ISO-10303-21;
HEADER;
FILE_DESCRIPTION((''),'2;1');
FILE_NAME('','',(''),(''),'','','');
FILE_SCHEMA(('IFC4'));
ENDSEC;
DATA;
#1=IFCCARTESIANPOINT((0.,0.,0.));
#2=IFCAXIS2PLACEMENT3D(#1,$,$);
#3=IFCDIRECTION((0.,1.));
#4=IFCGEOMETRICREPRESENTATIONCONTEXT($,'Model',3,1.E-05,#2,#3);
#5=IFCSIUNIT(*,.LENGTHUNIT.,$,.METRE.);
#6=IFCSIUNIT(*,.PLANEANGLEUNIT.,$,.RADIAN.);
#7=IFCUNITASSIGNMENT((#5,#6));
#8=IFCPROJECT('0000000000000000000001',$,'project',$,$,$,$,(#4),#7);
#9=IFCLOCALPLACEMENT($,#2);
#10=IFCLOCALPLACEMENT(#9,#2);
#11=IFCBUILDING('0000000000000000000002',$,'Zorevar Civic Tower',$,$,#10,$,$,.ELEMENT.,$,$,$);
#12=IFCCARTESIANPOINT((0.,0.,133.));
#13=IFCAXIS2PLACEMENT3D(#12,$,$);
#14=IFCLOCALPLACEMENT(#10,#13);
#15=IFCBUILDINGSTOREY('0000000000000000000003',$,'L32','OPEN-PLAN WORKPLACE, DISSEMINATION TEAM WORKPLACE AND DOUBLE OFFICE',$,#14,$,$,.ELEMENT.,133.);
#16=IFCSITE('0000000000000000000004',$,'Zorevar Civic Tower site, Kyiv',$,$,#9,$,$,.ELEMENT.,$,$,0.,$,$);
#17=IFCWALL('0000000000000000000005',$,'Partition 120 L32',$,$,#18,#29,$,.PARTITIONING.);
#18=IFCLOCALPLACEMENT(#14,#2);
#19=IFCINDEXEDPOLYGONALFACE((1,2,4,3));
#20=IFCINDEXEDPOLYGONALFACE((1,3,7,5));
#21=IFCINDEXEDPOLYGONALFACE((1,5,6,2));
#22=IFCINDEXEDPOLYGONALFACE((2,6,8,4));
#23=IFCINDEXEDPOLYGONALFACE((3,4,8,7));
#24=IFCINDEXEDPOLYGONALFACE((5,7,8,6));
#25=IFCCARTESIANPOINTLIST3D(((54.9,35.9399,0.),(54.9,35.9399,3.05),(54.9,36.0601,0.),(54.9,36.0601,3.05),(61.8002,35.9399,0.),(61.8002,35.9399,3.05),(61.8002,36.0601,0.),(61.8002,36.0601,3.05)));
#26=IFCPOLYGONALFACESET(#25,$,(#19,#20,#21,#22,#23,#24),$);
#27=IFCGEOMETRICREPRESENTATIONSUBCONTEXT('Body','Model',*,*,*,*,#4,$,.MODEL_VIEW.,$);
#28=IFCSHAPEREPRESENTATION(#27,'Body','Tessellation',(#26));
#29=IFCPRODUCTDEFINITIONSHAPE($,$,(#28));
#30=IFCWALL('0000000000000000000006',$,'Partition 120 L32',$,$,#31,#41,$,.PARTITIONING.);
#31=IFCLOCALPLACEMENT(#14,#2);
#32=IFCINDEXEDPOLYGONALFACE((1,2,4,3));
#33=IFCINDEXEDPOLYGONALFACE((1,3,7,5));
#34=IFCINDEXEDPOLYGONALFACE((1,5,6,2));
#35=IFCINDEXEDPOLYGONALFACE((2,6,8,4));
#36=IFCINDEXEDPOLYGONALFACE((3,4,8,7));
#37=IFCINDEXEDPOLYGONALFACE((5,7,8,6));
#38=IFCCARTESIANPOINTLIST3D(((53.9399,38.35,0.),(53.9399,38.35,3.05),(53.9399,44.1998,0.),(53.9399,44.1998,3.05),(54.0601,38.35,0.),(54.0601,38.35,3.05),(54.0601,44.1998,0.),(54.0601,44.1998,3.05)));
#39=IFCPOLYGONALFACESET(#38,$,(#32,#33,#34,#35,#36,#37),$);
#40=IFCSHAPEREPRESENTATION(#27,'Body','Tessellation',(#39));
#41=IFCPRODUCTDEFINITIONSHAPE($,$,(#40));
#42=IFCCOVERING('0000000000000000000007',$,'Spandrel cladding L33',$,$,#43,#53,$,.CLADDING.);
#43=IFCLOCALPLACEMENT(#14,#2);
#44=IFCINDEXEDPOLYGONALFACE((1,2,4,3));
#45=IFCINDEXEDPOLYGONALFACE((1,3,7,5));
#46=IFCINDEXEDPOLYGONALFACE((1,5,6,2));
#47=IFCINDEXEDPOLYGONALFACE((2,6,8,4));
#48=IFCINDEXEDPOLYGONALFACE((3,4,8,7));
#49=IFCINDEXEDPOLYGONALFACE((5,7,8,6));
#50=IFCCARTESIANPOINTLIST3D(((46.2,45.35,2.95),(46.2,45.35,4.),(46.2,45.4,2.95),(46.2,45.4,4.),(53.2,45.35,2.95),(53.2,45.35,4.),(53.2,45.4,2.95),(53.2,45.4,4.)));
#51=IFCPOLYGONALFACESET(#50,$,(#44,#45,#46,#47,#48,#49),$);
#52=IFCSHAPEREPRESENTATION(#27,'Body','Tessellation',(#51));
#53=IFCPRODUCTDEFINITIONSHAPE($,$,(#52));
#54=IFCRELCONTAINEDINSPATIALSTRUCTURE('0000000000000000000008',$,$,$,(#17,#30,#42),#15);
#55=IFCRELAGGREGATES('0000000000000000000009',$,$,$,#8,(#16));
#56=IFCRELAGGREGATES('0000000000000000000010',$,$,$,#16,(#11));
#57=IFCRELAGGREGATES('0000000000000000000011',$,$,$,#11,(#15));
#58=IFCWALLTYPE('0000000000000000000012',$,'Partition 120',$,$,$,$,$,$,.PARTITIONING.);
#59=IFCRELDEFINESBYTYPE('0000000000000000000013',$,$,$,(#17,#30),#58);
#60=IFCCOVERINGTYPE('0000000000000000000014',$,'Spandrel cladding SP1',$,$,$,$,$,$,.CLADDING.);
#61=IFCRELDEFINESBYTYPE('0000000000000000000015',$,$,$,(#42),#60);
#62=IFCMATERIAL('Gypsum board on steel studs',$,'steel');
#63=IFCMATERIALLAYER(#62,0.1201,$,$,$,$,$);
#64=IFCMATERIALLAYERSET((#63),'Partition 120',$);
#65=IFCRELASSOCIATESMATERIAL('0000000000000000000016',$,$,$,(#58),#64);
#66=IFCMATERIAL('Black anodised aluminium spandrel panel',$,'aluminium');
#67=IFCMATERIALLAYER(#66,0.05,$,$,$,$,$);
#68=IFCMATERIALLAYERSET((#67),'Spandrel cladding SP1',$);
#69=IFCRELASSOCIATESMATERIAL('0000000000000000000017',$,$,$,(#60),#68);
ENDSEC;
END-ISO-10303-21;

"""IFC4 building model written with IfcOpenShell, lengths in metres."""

from ifc_helpers import new_model, si_unit, direction, frame, frame_2d, origin, place, context, subcontext, project, spatial, rectangle, extrude, material, layer, layer_set, type_object, element, save


model = new_model("IFC4")

# Units and contexts
model_context = context("Model", 3, precision=1e-05, world=origin(), true_north=direction((0.0, 1.0)))
body_context = subcontext(model_context, "Body", "Model", "MODEL_VIEW")
ifc_project = project(units=[si_unit("LENGTHUNIT", "METRE"), si_unit("PLANEANGLEUNIT", "RADIAN")], contexts=[model_context])

# Site, building, storey
site_placement = place(None, origin())
site = spatial("IfcSite", under=ifc_project, at=site_placement, Name="Zorevar Civic Tower site, Kyiv", CompositionType="ELEMENT", RefElevation=0.0)
building_placement = place(site_placement, origin())
building = spatial("IfcBuilding", under=site, at=building_placement, Name="Zorevar Civic Tower", CompositionType="ELEMENT")
storey_placement = place(building_placement, frame((0.0, 0.0, 133.0)))
storey = spatial("IfcBuildingStorey", under=building, at=storey_placement, Name="L32", Description="OPEN-PLAN WORKPLACE, DISSEMINATION TEAM WORKPLACE AND DOUBLE OFFICE", CompositionType="ELEMENT", Elevation=133.0)

# Walls
ifc_material_1 = material(Name="Gypsum board on steel studs", Category="steel")
ifc_layer_1 = layer(ifc_material_1, 0.1201)
ifc_layer_set_1 = layer_set([ifc_layer_1], Name="Partition 120")
wall_type_1 = type_object("IfcWallType", Name="Partition 120", PredefinedType="PARTITIONING", material=ifc_layer_set_1)
wall_1_placement = place(storey_placement, frame((54.8999, 36.0, 0.0), z_axis=(0.0, 0.0, 1.0), x_axis=(1.0, 0.0, 0.0)))
element("IfcWall", 1, at=wall_1_placement, inside=storey, type_object=wall_type_1, Name="Partition 120 L32", PredefinedType="PARTITIONING", context=body_context, shape_type="SweptSolid", body=[
    extrude(rectangle(XDim=6.9001, YDim=0.1201, at=frame_2d((3.4502, 0.0))), origin(), (0.0, 0.0, 1.0), 3.05),
])
wall_2_placement = place(storey_placement, frame((54.0, 38.3501, 0.0), z_axis=(0.0, 0.0, 1.0), x_axis=(0.0, 1.0, 0.0)))
element("IfcWall", 2, at=wall_2_placement, inside=storey, type_object=wall_type_1, Name="Partition 120 L32", PredefinedType="PARTITIONING", context=body_context, shape_type="SweptSolid", body=[
    extrude(rectangle(XDim=5.8499, YDim=0.1201, at=frame_2d((2.9248, 0.0))), origin(), (0.0, 0.0, 1.0), 3.05),
])

# Covering
ifc_material_2 = material(Name="Black anodised aluminium spandrel panel", Category="aluminium")
ifc_layer_2 = layer(ifc_material_2, 0.05)
ifc_layer_set_2 = layer_set([ifc_layer_2], Name="Spandrel cladding SP1")
covering_type = type_object("IfcCoveringType", Name="Spandrel cladding SP1", PredefinedType="CLADDING", material=ifc_layer_set_2)
covering_placement = place(storey_placement, frame((46.2, 45.375, 2.95), z_axis=(0.0, 0.0, 1.0), x_axis=(1.0, 0.0, 0.0)))
element("IfcCovering", 3, at=covering_placement, inside=storey, type_object=covering_type, Name="Spandrel cladding L33", PredefinedType="CLADDING", context=body_context, shape_type="SweptSolid", body=[
    extrude(rectangle(XDim=7.0, YDim=0.05, at=frame_2d((3.5, 0.0))), origin(), (0.0, 0.0, 1.0), 1.05),
])

save(model, "model.ifc")
